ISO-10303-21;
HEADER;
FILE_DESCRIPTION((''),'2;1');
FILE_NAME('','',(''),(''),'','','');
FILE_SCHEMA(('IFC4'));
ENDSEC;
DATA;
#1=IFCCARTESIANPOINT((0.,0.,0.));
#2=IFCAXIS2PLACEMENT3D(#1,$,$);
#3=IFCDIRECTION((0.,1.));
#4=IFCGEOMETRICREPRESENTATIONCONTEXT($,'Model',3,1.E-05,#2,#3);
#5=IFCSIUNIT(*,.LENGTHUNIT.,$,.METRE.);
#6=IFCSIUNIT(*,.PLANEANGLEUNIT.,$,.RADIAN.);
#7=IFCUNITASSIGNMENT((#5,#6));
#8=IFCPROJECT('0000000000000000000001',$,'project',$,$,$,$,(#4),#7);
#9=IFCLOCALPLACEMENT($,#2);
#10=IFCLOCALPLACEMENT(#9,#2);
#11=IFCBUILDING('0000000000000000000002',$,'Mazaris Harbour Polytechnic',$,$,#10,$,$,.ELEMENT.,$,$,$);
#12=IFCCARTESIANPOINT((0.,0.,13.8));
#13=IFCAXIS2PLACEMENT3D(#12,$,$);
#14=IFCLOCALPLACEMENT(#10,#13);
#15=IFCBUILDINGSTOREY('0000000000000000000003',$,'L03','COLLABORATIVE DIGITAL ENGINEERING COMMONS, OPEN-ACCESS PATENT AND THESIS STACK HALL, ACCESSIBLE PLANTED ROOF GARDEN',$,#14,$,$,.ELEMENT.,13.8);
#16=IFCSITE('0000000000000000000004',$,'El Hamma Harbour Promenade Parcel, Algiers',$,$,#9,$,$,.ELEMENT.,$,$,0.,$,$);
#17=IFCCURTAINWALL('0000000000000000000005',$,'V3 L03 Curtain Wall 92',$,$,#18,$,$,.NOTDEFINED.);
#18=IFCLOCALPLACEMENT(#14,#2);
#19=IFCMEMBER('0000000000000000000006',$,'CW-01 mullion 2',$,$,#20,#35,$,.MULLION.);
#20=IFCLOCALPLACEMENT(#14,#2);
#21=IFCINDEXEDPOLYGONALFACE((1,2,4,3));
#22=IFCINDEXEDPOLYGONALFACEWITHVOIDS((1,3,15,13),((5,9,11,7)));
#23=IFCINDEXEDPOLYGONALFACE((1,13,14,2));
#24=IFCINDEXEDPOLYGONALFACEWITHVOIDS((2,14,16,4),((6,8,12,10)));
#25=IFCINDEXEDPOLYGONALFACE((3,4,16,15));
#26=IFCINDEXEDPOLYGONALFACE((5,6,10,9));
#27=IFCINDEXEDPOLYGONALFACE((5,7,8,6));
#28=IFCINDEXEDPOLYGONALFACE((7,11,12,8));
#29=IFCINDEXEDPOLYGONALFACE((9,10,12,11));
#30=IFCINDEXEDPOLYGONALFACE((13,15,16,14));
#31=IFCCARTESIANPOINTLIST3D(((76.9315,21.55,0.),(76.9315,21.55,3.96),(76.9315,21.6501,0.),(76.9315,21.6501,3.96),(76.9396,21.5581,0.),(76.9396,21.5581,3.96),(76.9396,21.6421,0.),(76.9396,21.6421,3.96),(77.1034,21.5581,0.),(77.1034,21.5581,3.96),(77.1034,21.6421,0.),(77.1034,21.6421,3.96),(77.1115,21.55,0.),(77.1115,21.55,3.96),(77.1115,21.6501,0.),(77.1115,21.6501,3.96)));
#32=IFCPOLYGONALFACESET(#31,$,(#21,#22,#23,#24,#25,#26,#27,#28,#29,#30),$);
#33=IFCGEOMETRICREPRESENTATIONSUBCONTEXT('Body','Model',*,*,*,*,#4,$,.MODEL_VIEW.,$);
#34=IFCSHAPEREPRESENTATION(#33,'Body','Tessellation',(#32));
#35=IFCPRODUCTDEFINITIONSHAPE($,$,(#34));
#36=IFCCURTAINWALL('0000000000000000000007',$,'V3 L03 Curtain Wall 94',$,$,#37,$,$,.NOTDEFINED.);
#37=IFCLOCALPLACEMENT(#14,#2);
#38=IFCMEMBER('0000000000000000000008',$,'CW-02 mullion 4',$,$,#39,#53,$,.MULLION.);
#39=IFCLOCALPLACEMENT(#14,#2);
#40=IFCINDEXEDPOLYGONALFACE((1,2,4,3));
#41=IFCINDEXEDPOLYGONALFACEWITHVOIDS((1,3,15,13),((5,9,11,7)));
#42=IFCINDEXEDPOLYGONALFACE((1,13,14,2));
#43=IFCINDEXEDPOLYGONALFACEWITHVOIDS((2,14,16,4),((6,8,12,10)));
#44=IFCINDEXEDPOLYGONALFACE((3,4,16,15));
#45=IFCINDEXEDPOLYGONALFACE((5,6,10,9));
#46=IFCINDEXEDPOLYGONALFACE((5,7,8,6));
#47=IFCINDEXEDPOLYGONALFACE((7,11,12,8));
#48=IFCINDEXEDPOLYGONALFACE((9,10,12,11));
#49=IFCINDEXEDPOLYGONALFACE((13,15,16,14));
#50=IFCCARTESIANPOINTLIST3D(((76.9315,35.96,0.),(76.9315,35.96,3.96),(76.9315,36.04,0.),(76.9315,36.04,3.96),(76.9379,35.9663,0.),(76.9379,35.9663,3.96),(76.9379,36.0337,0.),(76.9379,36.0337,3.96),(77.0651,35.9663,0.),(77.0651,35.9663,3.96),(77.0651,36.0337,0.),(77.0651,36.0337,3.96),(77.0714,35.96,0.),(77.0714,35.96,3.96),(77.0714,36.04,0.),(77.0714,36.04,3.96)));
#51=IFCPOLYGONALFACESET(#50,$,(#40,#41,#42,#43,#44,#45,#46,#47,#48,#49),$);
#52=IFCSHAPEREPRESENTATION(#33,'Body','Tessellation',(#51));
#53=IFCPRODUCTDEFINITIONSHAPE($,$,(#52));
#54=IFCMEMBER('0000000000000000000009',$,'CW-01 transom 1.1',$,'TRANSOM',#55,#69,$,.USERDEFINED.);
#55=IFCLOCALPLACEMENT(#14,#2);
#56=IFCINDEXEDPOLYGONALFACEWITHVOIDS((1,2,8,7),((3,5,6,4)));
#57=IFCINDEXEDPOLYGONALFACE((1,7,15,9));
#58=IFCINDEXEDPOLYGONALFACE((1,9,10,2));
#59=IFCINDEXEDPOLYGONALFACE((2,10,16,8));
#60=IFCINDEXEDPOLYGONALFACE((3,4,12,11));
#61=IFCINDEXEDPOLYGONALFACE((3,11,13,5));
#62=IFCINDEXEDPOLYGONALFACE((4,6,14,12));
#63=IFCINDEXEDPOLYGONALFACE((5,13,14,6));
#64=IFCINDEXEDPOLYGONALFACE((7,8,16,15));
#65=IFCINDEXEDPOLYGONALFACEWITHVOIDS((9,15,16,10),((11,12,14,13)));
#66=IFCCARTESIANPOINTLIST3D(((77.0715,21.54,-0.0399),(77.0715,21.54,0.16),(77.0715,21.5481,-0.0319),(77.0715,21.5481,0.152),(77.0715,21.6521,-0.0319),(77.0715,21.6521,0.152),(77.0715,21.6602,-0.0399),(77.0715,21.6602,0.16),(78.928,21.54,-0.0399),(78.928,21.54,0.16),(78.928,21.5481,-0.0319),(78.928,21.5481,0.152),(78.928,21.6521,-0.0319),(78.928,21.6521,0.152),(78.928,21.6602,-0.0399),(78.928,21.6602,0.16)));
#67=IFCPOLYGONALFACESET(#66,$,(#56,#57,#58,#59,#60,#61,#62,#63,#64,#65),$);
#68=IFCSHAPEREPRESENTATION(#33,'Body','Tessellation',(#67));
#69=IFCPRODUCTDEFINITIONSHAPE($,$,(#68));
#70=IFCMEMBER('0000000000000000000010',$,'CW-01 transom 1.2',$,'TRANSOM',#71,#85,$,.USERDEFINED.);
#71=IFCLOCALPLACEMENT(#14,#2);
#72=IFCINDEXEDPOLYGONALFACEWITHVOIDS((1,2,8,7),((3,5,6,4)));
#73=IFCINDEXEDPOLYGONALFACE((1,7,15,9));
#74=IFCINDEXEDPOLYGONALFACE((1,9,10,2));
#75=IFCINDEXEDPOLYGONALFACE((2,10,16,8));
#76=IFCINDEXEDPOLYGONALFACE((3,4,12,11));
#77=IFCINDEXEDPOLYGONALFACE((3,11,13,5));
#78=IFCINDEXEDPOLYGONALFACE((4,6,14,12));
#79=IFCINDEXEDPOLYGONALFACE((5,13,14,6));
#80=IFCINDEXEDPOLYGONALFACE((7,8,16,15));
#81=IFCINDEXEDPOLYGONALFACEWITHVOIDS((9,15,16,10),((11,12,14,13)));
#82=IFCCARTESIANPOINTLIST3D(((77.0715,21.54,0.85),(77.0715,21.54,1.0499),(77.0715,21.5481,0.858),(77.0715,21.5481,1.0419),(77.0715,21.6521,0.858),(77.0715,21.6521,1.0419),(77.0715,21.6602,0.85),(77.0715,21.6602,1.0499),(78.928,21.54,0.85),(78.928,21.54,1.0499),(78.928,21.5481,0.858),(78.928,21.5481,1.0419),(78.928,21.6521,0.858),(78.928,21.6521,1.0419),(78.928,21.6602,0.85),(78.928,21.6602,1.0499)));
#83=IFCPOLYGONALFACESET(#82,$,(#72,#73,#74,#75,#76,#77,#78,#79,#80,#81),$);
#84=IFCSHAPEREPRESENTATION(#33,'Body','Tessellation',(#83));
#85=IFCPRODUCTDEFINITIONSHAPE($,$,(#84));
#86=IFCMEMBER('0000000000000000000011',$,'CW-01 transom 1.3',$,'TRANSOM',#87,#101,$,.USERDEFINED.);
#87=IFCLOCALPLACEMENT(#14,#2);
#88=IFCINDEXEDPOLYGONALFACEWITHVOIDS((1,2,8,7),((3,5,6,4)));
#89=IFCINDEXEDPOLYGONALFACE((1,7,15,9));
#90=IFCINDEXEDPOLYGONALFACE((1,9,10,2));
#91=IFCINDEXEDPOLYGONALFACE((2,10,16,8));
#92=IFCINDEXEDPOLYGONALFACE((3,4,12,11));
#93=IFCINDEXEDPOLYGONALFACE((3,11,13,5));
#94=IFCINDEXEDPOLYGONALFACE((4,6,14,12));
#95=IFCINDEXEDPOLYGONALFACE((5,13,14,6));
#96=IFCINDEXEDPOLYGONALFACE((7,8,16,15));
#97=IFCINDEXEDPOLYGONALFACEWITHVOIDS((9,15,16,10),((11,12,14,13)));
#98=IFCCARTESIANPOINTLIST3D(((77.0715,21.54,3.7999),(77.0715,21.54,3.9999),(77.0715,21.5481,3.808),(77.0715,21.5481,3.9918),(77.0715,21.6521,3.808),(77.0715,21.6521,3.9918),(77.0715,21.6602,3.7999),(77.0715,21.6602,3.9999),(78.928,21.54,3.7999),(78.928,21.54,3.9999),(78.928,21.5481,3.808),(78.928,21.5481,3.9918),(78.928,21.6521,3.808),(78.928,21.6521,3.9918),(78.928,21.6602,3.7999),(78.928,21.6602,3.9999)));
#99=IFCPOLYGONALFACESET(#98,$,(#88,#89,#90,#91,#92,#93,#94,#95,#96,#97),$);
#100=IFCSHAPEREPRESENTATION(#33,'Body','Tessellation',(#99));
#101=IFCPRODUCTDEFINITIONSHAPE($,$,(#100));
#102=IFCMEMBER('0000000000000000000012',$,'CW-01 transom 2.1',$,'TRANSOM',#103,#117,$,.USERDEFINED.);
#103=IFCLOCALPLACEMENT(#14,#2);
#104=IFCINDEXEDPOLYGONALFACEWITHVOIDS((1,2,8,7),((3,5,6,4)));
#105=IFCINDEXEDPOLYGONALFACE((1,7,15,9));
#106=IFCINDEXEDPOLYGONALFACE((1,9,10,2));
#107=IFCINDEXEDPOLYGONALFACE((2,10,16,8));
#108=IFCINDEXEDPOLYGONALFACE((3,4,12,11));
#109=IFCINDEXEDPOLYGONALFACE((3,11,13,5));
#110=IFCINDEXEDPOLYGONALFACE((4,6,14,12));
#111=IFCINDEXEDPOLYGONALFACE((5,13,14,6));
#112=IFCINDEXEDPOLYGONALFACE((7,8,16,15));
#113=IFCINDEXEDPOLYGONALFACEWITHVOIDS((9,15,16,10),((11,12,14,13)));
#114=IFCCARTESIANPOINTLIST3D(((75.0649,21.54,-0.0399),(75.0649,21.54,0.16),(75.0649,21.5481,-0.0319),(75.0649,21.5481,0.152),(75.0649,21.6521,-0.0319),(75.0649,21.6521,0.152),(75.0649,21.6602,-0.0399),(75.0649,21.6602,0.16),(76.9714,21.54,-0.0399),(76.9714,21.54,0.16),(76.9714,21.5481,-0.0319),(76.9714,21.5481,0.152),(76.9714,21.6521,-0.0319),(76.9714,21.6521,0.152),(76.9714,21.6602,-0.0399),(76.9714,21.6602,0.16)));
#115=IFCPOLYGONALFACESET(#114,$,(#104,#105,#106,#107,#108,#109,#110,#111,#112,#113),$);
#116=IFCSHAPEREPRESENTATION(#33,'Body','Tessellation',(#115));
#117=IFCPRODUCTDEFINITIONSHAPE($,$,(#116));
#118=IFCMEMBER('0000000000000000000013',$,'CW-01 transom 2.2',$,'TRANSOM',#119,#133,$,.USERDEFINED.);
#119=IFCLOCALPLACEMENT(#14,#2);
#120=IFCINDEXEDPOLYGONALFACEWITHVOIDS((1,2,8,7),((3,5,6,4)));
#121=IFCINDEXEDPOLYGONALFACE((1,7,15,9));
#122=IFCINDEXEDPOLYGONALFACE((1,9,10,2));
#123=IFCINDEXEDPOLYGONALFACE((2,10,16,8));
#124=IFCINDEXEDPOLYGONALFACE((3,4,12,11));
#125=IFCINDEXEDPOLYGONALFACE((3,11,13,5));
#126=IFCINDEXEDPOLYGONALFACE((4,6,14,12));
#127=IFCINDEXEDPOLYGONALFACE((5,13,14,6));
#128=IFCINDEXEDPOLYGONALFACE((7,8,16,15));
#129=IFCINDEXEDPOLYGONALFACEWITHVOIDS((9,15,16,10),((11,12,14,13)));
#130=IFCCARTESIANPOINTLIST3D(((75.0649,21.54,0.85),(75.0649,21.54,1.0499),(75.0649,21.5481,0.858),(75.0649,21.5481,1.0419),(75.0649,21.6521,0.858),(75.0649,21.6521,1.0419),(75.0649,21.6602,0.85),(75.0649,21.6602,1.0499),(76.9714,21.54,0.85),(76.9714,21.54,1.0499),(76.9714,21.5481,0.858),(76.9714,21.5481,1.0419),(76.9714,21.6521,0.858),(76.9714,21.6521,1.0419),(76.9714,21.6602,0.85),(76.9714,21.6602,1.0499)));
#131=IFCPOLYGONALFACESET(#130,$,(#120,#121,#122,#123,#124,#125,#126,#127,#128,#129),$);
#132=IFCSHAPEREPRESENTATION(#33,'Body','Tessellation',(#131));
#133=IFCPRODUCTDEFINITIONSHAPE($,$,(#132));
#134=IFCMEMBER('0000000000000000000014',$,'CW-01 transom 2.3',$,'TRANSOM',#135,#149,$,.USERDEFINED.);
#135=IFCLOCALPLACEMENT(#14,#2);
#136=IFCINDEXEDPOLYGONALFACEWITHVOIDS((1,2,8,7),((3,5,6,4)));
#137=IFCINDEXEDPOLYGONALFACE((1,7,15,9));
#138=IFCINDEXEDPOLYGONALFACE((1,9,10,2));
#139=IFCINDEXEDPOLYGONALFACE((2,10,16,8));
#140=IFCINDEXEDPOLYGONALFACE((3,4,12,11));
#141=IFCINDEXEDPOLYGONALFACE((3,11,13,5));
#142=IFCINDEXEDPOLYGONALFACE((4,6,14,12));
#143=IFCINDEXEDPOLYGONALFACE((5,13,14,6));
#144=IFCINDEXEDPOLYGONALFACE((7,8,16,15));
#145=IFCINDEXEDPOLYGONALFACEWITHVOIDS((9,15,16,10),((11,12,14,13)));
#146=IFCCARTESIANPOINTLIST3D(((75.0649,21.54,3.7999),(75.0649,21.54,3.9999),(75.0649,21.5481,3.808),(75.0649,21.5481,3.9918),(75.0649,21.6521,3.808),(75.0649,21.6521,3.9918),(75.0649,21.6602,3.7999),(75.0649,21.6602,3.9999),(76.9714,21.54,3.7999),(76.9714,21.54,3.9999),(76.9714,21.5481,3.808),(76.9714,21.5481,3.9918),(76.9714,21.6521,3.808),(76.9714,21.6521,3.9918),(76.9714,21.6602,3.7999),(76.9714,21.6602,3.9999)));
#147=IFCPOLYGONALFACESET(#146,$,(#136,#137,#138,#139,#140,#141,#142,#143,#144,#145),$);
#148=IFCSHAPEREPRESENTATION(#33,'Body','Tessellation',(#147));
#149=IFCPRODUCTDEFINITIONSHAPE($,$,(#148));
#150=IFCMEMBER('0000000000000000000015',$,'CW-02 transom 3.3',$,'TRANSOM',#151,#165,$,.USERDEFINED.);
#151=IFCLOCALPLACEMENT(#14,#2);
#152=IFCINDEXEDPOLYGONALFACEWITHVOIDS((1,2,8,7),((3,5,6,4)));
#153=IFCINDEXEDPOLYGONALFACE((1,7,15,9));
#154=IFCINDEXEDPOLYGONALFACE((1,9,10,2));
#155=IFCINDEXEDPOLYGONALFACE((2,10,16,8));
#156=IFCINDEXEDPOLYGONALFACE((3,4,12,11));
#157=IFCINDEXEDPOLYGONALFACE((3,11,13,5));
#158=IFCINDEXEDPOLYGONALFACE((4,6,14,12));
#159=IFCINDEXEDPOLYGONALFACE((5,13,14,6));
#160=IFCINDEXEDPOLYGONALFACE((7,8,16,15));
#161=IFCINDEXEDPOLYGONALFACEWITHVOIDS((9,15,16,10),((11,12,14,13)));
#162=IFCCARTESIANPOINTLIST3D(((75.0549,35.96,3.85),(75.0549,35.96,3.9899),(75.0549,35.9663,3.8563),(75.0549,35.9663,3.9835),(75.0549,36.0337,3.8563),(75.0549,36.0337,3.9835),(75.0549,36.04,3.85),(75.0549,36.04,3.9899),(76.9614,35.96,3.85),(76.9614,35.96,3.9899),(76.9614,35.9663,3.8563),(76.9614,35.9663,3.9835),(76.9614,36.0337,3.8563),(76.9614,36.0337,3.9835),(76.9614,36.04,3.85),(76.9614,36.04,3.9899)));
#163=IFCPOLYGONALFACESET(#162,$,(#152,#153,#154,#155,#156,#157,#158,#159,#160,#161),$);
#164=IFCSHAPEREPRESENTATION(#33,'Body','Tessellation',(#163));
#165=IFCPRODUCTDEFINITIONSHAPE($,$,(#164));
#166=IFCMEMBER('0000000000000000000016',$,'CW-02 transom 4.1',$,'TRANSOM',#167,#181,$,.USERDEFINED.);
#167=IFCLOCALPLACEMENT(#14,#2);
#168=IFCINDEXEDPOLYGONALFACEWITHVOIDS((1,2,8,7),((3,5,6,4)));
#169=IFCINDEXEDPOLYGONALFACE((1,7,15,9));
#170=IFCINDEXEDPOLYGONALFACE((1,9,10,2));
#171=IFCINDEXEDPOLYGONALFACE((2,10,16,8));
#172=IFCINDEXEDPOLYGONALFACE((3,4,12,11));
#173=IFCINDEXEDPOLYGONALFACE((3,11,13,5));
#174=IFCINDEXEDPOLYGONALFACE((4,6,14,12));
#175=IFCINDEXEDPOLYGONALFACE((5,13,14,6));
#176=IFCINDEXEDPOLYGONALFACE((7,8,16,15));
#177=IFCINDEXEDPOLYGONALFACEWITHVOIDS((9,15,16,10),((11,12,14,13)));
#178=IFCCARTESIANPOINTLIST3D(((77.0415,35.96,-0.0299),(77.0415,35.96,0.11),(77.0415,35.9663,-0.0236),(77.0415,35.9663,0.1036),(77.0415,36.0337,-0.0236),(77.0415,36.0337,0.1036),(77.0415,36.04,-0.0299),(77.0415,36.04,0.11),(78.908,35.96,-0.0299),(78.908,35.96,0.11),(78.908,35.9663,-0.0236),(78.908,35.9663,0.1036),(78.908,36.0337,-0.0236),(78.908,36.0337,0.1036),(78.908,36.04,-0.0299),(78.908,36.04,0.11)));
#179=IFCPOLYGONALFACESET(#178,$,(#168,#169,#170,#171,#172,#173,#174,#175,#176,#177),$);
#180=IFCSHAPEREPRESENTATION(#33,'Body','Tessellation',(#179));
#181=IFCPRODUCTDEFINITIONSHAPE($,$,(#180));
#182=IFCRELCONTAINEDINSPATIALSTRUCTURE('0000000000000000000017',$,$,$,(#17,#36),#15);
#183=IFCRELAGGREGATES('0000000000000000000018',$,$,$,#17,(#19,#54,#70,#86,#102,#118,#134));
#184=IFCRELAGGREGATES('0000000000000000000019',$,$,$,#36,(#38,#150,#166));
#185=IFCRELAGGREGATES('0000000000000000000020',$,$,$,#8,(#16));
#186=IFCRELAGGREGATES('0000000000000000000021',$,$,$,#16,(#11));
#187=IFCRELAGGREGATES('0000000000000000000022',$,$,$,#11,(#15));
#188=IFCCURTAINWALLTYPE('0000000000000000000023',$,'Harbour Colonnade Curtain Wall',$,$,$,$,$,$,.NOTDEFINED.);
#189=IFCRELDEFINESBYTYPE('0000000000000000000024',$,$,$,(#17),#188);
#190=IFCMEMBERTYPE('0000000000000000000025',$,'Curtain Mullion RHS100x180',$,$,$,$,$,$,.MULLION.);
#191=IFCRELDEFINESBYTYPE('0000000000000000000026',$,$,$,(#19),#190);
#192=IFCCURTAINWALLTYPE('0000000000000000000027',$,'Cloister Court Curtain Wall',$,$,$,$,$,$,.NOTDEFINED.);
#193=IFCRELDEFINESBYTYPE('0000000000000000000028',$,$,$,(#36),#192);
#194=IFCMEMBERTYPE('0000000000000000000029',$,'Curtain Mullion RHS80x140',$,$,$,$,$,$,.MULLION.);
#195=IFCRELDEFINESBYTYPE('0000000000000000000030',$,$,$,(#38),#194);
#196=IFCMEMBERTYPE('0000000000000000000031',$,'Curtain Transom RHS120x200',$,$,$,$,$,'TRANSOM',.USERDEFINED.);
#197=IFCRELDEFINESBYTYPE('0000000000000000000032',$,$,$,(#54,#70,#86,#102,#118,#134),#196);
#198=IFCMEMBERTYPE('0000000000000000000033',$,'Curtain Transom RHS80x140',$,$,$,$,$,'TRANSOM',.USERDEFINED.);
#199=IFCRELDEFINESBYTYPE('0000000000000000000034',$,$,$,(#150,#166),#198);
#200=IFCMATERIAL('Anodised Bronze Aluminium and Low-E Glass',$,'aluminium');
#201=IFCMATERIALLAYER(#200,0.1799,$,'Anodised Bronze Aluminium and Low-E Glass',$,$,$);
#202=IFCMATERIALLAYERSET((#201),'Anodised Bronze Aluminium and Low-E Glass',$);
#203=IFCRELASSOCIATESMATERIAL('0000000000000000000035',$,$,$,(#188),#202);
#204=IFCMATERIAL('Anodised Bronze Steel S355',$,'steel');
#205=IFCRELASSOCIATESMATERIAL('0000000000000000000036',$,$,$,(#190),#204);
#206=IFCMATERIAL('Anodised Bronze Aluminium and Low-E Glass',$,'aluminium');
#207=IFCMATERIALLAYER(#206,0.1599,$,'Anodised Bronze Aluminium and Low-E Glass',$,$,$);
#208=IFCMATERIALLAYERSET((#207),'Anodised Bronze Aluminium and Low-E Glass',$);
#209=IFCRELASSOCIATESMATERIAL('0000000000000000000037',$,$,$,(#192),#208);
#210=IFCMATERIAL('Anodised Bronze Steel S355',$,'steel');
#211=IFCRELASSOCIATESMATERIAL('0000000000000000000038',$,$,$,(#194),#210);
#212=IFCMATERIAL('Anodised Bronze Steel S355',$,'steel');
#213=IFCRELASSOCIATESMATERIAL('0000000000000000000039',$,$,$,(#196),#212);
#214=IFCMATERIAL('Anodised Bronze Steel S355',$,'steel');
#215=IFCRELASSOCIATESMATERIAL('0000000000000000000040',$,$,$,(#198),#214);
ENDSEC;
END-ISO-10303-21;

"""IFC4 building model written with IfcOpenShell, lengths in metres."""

from ifc_helpers import new_model, si_unit, direction, frame, origin, origin_2d, place, context, subcontext, project, spatial, hollow_rectangle, extrude, material, layer, layer_set, material_profile, profile_set, type_object, element, aggregate, save


model = new_model("IFC4")

# Units and contexts
model_context = context("Model", 3, precision=1e-05, world=origin(), true_north=direction((0.0, 1.0)))
body_context = subcontext(model_context, "Body", "Model", "MODEL_VIEW")
ifc_project = project(units=[si_unit("LENGTHUNIT", "METRE"), si_unit("PLANEANGLEUNIT", "RADIAN")], contexts=[model_context])

# Site, building, storey
site_placement = place(None, origin())
site = spatial("IfcSite", under=ifc_project, at=site_placement, Name="El Hamma Harbour Promenade Parcel, Algiers", CompositionType="ELEMENT", RefElevation=0.0)
building_placement = place(site_placement, origin())
building = spatial("IfcBuilding", under=site, at=building_placement, Name="Mazaris Harbour Polytechnic", CompositionType="ELEMENT")
storey_placement = place(building_placement, frame((0.0, 0.0, 13.8)))
storey = spatial("IfcBuildingStorey", under=building, at=storey_placement, Name="L03", Description="COLLABORATIVE DIGITAL ENGINEERING COMMONS, OPEN-ACCESS PATENT AND THESIS STACK HALL, ACCESSIBLE PLANTED ROOF GARDEN", CompositionType="ELEMENT", Elevation=13.8)

# Curtain walls, members
ifc_material_1 = material(Name="Anodised Bronze Aluminium and Low-E Glass", Category="aluminium")
ifc_layer_1 = layer(ifc_material_1, 0.1799, Name="Anodised Bronze Aluminium and Low-E Glass")
ifc_layer_set_1 = layer_set([ifc_layer_1], Name="Anodised Bronze Aluminium and Low-E Glass")
curtain_wall_type_1 = type_object("IfcCurtainWallType", Name="Harbour Colonnade Curtain Wall", PredefinedType="NOTDEFINED", material=ifc_layer_set_1)
curtain_wall_1_placement = place(storey_placement, origin())
curtain_wall_1 = element("IfcCurtainWall", 1, at=curtain_wall_1_placement, inside=storey, type_object=curtain_wall_type_1, Name="V3 L03 Curtain Wall 92", PredefinedType="NOTDEFINED")
ifc_material_2 = material(Name="Anodised Bronze Steel S355", Category="steel")
ifc_material_profile_1 = material_profile(ifc_material_2, hollow_rectangle(XDim=0.1001, YDim=0.1799, WallThickness=0.0081, at=origin_2d()), Name="RHS 100x180x8.0")
ifc_profile_set_1 = profile_set([ifc_material_profile_1], Name="Anodised Bronze Steel S355")
member_type_1 = type_object("IfcMemberType", Name="Curtain Mullion RHS100x180", PredefinedType="MULLION", material=ifc_profile_set_1)
member_1_placement = place(storey_placement, frame((77.0215, 21.6001, 0.0), z_axis=(0.0, 0.0, 1.0), x_axis=(0.0, -1.0, 0.0)))
member_1 = element("IfcMember", 2, at=member_1_placement, type_object=member_type_1, Name="CW-01 mullion 2", PredefinedType="MULLION", context=body_context, shape_type="SweptSolid", body=[
    extrude(hollow_rectangle(XDim=0.1001, YDim=0.1799, WallThickness=0.0081, at=origin_2d()), origin(), (0.0, 0.0, 1.0), 3.96),
])
ifc_material_3 = material(Name="Anodised Bronze Aluminium and Low-E Glass", Category="aluminium")
ifc_layer_2 = layer(ifc_material_3, 0.1599, Name="Anodised Bronze Aluminium and Low-E Glass")
ifc_layer_set_2 = layer_set([ifc_layer_2], Name="Anodised Bronze Aluminium and Low-E Glass")
curtain_wall_type_2 = type_object("IfcCurtainWallType", Name="Cloister Court Curtain Wall", PredefinedType="NOTDEFINED", material=ifc_layer_set_2)
curtain_wall_2_placement = place(storey_placement, origin())
curtain_wall_2 = element("IfcCurtainWall", 3, at=curtain_wall_2_placement, inside=storey, type_object=curtain_wall_type_2, Name="V3 L03 Curtain Wall 94", PredefinedType="NOTDEFINED")
ifc_material_4 = material(Name="Anodised Bronze Steel S355", Category="steel")
ifc_material_profile_2 = material_profile(ifc_material_4, hollow_rectangle(XDim=0.0801, YDim=0.1399, WallThickness=0.0063, at=origin_2d()), Name="RHS 80x140x6.3")
ifc_profile_set_2 = profile_set([ifc_material_profile_2], Name="Anodised Bronze Steel S355")
member_type_2 = type_object("IfcMemberType", Name="Curtain Mullion RHS80x140", PredefinedType="MULLION", material=ifc_profile_set_2)
member_2_placement = place(storey_placement, frame((77.0015, 36.0, 0.0), z_axis=(0.0, 0.0, 1.0), x_axis=(0.0, 1.0, 0.0)))
member_2 = element("IfcMember", 4, at=member_2_placement, type_object=member_type_2, Name="CW-02 mullion 4", PredefinedType="MULLION", context=body_context, shape_type="SweptSolid", body=[
    extrude(hollow_rectangle(XDim=0.0801, YDim=0.1399, WallThickness=0.0063, at=origin_2d()), origin(), (0.0, 0.0, 1.0), 3.96),
])

# Members
ifc_material_5 = material(Name="Anodised Bronze Steel S355", Category="steel")
ifc_material_profile_3 = material_profile(ifc_material_5, hollow_rectangle(XDim=0.1201, YDim=0.2, WallThickness=0.0081, at=origin_2d()), Name="RHS 120x200x8.0")
ifc_profile_set_3 = profile_set([ifc_material_profile_3], Name="Anodised Bronze Steel S355")
member_type_3 = type_object("IfcMemberType", Name="Curtain Transom RHS120x200", ElementType="TRANSOM", PredefinedType="USERDEFINED", material=ifc_profile_set_3)
member_3_placement = place(storey_placement, frame((78.928, 21.6001, 0.0601), z_axis=(-1.0, 0.0, 0.0), x_axis=(0.0, -1.0, 0.0)))
member_3 = element("IfcMember", 5, at=member_3_placement, type_object=member_type_3, Name="CW-01 transom 1.1", ObjectType="TRANSOM", PredefinedType="USERDEFINED", context=body_context, shape_type="SweptSolid", body=[
    extrude(hollow_rectangle(XDim=0.1201, YDim=0.2, WallThickness=0.0081, at=origin_2d()), origin(), (0.0, 0.0, 1.0), 1.8564),
])
member_4_placement = place(storey_placement, frame((78.928, 21.6001, 0.95), z_axis=(-1.0, 0.0, 0.0), x_axis=(0.0, -1.0, 0.0)))
member_4 = element("IfcMember", 6, at=member_4_placement, type_object=member_type_3, Name="CW-01 transom 1.2", ObjectType="TRANSOM", PredefinedType="USERDEFINED", context=body_context, shape_type="SweptSolid", body=[
    extrude(hollow_rectangle(XDim=0.1201, YDim=0.2, WallThickness=0.0081, at=origin_2d()), origin(), (0.0, 0.0, 1.0), 1.8564),
])
member_5_placement = place(storey_placement, frame((78.928, 21.6001, 3.8999), z_axis=(-1.0, 0.0, 0.0), x_axis=(0.0, -1.0, 0.0)))
member_5 = element("IfcMember", 7, at=member_5_placement, type_object=member_type_3, Name="CW-01 transom 1.3", ObjectType="TRANSOM", PredefinedType="USERDEFINED", context=body_context, shape_type="SweptSolid", body=[
    extrude(hollow_rectangle(XDim=0.1201, YDim=0.2, WallThickness=0.0081, at=origin_2d()), origin(), (0.0, 0.0, 1.0), 1.8564),
])
member_6_placement = place(storey_placement, frame((76.9714, 21.6001, 0.0601), z_axis=(-1.0, 0.0, 0.0), x_axis=(0.0, -1.0, 0.0)))
member_6 = element("IfcMember", 8, at=member_6_placement, type_object=member_type_3, Name="CW-01 transom 2.1", ObjectType="TRANSOM", PredefinedType="USERDEFINED", context=body_context, shape_type="SweptSolid", body=[
    extrude(hollow_rectangle(XDim=0.1201, YDim=0.2, WallThickness=0.0081, at=origin_2d()), origin(), (0.0, 0.0, 1.0), 1.9065),
])
member_7_placement = place(storey_placement, frame((76.9714, 21.6001, 0.95), z_axis=(-1.0, 0.0, 0.0), x_axis=(0.0, -1.0, 0.0)))
member_7 = element("IfcMember", 9, at=member_7_placement, type_object=member_type_3, Name="CW-01 transom 2.2", ObjectType="TRANSOM", PredefinedType="USERDEFINED", context=body_context, shape_type="SweptSolid", body=[
    extrude(hollow_rectangle(XDim=0.1201, YDim=0.2, WallThickness=0.0081, at=origin_2d()), origin(), (0.0, 0.0, 1.0), 1.9065),
])
member_8_placement = place(storey_placement, frame((76.9714, 21.6001, 3.8999), z_axis=(-1.0, 0.0, 0.0), x_axis=(0.0, -1.0, 0.0)))
member_8 = element("IfcMember", 10, at=member_8_placement, type_object=member_type_3, Name="CW-01 transom 2.3", ObjectType="TRANSOM", PredefinedType="USERDEFINED", context=body_context, shape_type="SweptSolid", body=[
    extrude(hollow_rectangle(XDim=0.1201, YDim=0.2, WallThickness=0.0081, at=origin_2d()), origin(), (0.0, 0.0, 1.0), 1.9065),
])
ifc_material_6 = material(Name="Anodised Bronze Steel S355", Category="steel")
ifc_material_profile_4 = material_profile(ifc_material_6, hollow_rectangle(XDim=0.0801, YDim=0.1399, WallThickness=0.0063, at=origin_2d()), Name="RHS 80x140x6.3")
ifc_profile_set_4 = profile_set([ifc_material_profile_4], Name="Anodised Bronze Steel S355")
member_type_4 = type_object("IfcMemberType", Name="Curtain Transom RHS80x140", ElementType="TRANSOM", PredefinedType="USERDEFINED", material=ifc_profile_set_4)
member_9_placement = place(storey_placement, frame((75.0549, 36.0, 3.9199), z_axis=(1.0, 0.0, 0.0), x_axis=(0.0, 1.0, 0.0)))
member_9 = element("IfcMember", 11, at=member_9_placement, type_object=member_type_4, Name="CW-02 transom 3.3", ObjectType="TRANSOM", PredefinedType="USERDEFINED", context=body_context, shape_type="SweptSolid", body=[
    extrude(hollow_rectangle(XDim=0.0801, YDim=0.1399, WallThickness=0.0063, at=origin_2d()), origin(), (0.0, 0.0, 1.0), 1.9065),
])
member_10_placement = place(storey_placement, frame((77.0415, 36.0, 0.04), z_axis=(1.0, 0.0, 0.0), x_axis=(0.0, 1.0, 0.0)))
member_10 = element("IfcMember", 12, at=member_10_placement, type_object=member_type_4, Name="CW-02 transom 4.1", ObjectType="TRANSOM", PredefinedType="USERDEFINED", context=body_context, shape_type="SweptSolid", body=[
    extrude(hollow_rectangle(XDim=0.0801, YDim=0.1399, WallThickness=0.0063, at=origin_2d()), origin(), (0.0, 0.0, 1.0), 1.8665),
])

aggregate(curtain_wall_1, [member_1, member_3, member_4, member_5, member_6, member_7, member_8])
aggregate(curtain_wall_2, [member_2, member_9, member_10])

save(model, "model.ifc")
